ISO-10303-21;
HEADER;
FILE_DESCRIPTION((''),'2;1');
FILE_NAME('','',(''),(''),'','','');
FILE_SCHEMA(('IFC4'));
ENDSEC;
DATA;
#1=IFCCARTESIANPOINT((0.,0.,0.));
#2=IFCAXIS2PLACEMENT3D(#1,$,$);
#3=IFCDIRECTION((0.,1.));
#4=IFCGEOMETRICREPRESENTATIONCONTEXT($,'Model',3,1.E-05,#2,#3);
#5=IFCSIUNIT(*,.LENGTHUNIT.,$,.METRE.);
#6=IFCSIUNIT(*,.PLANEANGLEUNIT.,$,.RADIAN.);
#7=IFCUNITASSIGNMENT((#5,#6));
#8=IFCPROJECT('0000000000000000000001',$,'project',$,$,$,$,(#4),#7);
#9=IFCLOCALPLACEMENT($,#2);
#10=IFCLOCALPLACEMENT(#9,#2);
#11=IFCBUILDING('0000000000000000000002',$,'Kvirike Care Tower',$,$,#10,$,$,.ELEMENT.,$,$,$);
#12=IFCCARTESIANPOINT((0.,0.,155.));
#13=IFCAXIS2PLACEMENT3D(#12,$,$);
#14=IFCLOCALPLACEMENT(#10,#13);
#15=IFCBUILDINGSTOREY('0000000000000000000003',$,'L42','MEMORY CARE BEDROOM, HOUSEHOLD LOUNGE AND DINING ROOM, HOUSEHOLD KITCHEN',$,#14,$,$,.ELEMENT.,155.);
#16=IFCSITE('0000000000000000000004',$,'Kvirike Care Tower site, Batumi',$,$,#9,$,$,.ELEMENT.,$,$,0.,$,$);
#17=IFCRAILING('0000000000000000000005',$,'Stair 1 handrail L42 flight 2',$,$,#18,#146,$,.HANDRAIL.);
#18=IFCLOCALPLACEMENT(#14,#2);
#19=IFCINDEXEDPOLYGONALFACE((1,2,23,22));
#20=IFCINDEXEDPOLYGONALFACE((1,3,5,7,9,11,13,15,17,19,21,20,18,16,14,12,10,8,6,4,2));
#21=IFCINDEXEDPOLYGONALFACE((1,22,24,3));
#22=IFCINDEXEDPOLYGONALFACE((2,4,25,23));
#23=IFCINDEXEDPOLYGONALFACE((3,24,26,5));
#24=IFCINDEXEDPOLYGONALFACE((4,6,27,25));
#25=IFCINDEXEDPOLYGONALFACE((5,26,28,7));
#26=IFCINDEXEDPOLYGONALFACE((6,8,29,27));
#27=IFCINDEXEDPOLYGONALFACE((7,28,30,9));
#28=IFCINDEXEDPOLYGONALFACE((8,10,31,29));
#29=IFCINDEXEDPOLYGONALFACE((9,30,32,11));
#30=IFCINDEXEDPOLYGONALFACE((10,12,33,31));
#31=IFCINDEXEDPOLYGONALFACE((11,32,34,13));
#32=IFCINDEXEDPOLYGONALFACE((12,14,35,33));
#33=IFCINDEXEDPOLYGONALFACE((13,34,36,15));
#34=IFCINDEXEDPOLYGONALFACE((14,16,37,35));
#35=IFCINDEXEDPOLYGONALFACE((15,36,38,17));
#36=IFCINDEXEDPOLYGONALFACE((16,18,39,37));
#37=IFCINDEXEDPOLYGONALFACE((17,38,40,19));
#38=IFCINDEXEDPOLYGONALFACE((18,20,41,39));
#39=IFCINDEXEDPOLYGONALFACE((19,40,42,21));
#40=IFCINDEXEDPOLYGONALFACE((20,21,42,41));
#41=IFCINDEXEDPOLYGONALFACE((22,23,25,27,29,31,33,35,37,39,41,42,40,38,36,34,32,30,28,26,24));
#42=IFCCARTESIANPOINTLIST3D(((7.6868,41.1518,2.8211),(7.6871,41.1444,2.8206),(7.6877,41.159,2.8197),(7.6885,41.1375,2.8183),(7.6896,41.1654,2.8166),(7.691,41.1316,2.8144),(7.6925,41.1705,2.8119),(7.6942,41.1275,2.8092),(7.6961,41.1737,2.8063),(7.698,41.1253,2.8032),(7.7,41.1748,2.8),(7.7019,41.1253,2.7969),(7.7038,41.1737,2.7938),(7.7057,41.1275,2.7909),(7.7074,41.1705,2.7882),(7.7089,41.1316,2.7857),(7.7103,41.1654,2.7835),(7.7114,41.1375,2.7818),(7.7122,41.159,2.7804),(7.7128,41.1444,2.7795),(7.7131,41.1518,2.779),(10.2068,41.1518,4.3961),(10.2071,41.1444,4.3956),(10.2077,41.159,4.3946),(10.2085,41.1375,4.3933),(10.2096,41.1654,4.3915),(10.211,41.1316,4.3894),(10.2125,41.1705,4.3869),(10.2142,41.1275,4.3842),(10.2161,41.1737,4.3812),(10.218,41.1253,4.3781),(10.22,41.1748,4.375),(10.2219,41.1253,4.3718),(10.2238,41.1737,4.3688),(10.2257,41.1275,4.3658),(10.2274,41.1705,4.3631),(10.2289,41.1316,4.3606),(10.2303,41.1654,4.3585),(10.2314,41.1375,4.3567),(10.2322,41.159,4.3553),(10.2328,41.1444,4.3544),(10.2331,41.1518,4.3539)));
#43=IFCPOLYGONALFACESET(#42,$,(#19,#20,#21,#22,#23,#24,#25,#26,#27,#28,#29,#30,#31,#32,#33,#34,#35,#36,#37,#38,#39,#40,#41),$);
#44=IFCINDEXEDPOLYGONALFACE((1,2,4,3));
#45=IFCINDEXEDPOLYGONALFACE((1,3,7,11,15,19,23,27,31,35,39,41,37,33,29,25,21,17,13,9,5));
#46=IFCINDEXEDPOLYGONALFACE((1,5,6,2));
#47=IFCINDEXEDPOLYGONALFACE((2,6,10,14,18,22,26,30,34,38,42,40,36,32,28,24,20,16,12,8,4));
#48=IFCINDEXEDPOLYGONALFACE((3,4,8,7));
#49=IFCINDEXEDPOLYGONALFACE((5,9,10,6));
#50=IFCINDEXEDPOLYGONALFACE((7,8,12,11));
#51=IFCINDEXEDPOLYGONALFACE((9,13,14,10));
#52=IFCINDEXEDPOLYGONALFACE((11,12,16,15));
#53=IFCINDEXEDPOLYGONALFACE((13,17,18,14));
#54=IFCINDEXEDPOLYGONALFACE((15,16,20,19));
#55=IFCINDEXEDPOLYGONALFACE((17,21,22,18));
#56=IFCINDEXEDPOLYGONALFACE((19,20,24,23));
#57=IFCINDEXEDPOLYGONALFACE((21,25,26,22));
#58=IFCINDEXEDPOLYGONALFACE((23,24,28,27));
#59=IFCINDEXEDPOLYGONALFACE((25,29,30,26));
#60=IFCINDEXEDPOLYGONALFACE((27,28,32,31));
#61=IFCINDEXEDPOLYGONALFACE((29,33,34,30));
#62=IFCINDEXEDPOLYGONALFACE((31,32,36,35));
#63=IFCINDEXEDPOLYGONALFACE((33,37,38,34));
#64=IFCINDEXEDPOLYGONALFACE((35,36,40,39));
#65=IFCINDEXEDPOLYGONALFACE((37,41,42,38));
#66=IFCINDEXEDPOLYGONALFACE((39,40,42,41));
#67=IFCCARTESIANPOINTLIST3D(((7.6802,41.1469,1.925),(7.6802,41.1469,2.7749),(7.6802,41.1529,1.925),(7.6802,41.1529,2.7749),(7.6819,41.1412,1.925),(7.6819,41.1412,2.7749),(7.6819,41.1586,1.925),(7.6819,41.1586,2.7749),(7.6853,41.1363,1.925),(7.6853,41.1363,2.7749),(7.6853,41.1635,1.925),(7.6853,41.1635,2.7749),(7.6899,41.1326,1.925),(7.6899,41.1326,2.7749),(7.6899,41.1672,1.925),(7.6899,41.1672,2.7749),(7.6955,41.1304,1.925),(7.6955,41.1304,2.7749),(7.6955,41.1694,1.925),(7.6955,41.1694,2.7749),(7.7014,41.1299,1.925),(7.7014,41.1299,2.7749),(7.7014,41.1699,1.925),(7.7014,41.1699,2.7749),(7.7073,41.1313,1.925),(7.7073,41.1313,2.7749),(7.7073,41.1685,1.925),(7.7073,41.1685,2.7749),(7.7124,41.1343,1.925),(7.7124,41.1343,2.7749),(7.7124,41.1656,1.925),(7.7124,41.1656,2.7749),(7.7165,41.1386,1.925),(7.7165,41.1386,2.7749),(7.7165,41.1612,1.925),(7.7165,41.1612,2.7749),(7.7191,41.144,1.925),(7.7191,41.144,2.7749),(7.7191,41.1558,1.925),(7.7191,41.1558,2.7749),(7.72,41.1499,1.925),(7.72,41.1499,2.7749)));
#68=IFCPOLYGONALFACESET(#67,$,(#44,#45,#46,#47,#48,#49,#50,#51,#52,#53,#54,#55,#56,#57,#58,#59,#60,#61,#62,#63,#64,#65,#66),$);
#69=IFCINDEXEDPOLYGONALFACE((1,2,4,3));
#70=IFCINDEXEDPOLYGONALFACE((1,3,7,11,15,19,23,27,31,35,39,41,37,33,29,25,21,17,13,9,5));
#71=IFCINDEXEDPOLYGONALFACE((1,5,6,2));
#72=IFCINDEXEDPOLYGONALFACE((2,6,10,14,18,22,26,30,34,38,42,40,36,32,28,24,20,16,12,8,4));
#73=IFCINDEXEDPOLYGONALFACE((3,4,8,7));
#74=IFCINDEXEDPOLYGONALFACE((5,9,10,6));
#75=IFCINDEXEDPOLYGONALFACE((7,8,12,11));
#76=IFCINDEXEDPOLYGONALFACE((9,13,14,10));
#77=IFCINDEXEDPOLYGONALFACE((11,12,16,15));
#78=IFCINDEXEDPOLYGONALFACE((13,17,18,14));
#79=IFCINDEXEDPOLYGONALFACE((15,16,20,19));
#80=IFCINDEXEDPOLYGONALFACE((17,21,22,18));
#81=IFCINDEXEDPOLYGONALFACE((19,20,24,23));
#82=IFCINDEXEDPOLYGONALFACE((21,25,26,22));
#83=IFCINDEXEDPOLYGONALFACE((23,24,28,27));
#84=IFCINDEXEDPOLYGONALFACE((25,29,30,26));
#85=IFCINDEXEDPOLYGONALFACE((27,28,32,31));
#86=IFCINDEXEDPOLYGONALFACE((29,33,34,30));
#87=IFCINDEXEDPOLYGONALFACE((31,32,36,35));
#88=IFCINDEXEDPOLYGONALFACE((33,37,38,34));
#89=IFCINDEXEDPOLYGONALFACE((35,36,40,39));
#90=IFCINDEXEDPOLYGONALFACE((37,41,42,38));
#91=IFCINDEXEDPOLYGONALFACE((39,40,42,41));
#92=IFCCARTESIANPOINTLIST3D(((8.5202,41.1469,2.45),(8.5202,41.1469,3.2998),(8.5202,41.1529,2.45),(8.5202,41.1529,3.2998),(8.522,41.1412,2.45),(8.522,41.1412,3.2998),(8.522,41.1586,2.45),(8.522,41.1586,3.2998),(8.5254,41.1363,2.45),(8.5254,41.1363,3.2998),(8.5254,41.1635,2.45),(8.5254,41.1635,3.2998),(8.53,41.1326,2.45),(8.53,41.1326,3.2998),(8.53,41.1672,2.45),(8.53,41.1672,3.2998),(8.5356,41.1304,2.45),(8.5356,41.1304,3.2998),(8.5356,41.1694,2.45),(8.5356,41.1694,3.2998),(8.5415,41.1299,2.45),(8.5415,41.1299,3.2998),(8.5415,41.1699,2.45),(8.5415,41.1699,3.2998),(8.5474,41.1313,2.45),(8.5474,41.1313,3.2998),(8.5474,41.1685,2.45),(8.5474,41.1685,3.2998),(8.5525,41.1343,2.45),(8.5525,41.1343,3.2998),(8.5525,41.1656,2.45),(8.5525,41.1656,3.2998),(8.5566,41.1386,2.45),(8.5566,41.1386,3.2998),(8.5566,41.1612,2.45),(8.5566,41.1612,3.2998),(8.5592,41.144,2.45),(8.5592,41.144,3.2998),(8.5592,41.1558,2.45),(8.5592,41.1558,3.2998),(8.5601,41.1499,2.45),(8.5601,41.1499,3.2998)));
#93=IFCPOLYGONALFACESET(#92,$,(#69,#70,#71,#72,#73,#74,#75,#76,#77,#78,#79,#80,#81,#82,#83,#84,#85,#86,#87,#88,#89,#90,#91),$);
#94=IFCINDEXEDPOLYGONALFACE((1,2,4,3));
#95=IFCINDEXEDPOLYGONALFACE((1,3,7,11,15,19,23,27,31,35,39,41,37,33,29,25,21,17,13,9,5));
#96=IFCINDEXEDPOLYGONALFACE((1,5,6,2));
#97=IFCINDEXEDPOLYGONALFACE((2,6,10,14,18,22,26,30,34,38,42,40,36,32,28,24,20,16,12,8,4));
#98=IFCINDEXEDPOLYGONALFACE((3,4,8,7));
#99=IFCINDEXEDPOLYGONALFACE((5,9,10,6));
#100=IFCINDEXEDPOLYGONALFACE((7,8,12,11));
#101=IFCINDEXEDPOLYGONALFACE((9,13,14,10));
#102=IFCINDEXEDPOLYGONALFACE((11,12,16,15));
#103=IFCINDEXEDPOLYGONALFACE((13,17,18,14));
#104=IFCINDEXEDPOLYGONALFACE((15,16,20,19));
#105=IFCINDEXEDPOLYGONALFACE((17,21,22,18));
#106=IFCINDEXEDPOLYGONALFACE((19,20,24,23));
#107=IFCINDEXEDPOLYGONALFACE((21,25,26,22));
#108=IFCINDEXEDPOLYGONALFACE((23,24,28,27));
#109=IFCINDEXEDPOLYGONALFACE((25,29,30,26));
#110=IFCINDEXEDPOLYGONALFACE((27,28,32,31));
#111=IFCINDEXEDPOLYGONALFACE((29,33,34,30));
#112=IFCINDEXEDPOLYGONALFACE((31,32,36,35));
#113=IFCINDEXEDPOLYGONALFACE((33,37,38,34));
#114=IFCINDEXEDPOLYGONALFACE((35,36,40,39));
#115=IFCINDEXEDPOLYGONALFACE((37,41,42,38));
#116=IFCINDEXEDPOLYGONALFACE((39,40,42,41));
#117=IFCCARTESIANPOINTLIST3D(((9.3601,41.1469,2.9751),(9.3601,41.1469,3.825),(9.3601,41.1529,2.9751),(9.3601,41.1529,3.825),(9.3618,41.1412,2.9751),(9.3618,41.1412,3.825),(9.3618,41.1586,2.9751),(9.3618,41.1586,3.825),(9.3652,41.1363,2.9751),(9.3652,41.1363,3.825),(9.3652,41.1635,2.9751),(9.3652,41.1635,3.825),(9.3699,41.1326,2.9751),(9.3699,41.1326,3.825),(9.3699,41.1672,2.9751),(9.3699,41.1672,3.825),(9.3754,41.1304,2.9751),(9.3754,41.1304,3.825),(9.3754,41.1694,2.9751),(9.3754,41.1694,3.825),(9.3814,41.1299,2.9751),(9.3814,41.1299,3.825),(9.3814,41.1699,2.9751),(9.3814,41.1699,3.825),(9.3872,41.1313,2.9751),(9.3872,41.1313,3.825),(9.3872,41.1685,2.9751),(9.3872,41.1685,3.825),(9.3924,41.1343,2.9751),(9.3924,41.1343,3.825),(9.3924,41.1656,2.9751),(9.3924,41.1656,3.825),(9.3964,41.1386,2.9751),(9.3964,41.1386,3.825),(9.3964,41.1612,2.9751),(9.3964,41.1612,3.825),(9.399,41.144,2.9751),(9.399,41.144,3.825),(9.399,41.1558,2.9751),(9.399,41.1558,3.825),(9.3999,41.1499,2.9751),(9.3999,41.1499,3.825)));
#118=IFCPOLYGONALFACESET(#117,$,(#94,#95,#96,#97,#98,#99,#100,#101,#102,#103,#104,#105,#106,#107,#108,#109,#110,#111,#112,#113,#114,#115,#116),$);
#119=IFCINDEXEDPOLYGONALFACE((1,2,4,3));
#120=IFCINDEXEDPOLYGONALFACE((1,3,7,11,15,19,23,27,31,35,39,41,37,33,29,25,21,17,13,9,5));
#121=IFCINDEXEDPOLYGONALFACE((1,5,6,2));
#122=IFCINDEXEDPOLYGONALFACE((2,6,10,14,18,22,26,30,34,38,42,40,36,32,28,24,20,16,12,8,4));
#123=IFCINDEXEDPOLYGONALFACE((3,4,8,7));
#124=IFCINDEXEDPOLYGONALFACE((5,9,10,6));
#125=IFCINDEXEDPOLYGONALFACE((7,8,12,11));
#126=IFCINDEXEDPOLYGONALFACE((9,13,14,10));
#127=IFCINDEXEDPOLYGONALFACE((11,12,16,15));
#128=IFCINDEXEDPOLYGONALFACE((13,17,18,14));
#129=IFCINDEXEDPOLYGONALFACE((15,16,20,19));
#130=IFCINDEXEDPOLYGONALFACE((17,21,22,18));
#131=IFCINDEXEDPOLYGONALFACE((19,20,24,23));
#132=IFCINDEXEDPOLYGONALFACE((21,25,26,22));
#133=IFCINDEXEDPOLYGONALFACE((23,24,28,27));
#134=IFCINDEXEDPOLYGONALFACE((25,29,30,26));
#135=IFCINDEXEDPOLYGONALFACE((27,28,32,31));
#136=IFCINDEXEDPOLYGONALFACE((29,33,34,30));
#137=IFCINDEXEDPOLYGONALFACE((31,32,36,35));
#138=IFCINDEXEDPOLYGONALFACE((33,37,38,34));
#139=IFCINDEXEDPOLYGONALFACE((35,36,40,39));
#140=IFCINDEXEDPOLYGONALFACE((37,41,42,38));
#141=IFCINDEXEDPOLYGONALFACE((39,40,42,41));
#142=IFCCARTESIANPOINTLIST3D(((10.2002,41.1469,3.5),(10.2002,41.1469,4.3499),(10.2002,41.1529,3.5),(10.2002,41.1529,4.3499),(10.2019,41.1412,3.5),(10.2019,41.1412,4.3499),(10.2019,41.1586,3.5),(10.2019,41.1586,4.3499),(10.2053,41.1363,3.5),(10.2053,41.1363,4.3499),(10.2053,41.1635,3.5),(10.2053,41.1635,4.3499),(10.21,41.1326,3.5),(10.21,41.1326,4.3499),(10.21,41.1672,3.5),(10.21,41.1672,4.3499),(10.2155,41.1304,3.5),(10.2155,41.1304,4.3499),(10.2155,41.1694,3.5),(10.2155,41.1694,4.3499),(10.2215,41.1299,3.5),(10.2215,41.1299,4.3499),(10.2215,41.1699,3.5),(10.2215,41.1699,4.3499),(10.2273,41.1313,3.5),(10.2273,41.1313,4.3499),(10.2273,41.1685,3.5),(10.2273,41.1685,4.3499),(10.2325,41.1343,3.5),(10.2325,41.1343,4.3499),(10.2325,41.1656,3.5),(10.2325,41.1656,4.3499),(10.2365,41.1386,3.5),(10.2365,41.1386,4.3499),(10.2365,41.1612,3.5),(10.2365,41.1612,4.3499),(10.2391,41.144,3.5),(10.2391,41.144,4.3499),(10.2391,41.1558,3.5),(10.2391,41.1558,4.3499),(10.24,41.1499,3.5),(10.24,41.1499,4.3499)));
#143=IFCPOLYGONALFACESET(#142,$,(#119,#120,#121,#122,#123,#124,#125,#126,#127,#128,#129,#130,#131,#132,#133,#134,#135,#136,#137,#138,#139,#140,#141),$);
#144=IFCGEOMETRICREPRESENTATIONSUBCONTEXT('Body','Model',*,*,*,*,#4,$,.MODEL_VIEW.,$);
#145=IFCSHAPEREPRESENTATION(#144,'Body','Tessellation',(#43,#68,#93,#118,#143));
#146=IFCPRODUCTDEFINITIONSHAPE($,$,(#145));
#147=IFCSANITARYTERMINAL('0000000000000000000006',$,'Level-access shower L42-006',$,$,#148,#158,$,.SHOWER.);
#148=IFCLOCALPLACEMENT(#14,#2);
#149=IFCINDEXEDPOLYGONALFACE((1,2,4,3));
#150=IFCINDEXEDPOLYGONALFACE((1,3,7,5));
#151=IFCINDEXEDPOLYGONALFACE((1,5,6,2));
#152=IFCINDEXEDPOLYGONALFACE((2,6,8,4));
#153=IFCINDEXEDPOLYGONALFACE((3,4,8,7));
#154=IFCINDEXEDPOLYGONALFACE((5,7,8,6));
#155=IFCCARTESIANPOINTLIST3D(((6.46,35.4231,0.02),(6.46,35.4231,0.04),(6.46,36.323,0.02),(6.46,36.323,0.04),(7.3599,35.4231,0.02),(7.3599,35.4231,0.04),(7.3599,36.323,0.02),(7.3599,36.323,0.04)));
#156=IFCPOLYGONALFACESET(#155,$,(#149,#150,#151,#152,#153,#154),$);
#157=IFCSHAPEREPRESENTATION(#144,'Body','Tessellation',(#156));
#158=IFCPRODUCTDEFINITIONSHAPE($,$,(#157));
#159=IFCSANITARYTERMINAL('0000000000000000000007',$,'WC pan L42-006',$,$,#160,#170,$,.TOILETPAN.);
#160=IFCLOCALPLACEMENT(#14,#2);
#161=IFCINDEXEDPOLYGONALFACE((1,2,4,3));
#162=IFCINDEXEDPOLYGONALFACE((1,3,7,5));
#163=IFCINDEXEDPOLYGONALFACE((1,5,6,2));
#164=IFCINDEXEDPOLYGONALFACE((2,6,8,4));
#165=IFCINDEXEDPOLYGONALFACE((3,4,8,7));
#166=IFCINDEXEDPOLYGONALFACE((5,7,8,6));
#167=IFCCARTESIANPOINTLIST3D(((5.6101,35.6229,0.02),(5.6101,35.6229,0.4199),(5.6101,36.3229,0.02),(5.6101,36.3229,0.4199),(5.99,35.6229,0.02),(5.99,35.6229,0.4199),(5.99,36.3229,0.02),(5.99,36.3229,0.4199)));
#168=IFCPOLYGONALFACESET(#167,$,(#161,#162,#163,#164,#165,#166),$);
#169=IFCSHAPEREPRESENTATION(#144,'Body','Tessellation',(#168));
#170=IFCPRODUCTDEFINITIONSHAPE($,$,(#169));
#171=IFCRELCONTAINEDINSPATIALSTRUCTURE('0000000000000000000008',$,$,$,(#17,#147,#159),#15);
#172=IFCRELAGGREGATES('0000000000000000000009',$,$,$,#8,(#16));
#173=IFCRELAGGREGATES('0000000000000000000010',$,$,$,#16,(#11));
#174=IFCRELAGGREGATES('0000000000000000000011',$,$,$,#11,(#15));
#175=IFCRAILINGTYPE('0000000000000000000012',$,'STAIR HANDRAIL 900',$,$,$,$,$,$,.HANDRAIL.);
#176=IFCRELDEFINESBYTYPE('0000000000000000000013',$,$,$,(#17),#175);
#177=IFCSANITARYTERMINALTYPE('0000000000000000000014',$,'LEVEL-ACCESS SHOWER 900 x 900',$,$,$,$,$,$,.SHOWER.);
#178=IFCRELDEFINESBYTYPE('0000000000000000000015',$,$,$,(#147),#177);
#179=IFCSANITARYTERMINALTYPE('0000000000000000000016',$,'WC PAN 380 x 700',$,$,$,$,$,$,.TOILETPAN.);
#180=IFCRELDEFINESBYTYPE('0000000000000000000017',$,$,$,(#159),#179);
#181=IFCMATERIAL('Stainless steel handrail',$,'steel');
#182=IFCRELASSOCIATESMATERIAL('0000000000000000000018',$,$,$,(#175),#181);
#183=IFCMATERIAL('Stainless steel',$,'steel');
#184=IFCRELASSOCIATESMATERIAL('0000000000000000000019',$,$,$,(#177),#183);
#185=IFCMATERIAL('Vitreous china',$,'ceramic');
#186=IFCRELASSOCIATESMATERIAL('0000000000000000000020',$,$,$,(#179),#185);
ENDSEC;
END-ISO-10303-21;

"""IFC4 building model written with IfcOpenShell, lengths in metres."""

from ifc_helpers import new_model, si_unit, direction, frame, origin, origin_2d, place, context, subcontext, project, spatial, rectangle, circle, extrude, material, type_object, element, save


model = new_model("IFC4")

# Units and contexts
model_context = context("Model", 3, precision=1e-05, world=origin(), true_north=direction((0.0, 1.0)))
body_context = subcontext(model_context, "Body", "Model", "MODEL_VIEW")
ifc_project = project(units=[si_unit("LENGTHUNIT", "METRE"), si_unit("PLANEANGLEUNIT", "RADIAN")], contexts=[model_context])

# Site, building, storey
site_placement = place(None, origin())
site = spatial("IfcSite", under=ifc_project, at=site_placement, Name="Kvirike Care Tower site, Batumi", CompositionType="ELEMENT", RefElevation=0.0)
building_placement = place(site_placement, origin())
building = spatial("IfcBuilding", under=site, at=building_placement, Name="Kvirike Care Tower", CompositionType="ELEMENT")
storey_placement = place(building_placement, frame((0.0, 0.0, 155.0)))
storey = spatial("IfcBuildingStorey", under=building, at=storey_placement, Name="L42", Description="MEMORY CARE BEDROOM, HOUSEHOLD LOUNGE AND DINING ROOM, HOUSEHOLD KITCHEN", CompositionType="ELEMENT", Elevation=155.0)

# Railing
ifc_material_1 = material(Name="Stainless steel handrail", Category="steel")
railing_type = type_object("IfcRailingType", Name="STAIR HANDRAIL 900", PredefinedType="HANDRAIL", material=ifc_material_1)
railing_placement = place(storey_placement, frame((7.7, 41.1499, 1.925)))
element("IfcRailing", 1, at=railing_placement, inside=storey, type_object=railing_type, Name="Stair 1 handrail L42 flight 2", PredefinedType="HANDRAIL", context=body_context, shape_type="SweptSolid", body=[
    extrude(circle(Radius=0.0249, at=origin_2d()), frame((0.0, 0.0, 0.875), z_axis=(0.848008, 0.0, 0.529984), x_axis=(0.0, 1.0, 0.0)), (0.0, 0.0, 1.0), 2.9717),
    extrude(circle(Radius=0.02, at=origin_2d()), origin(), (0.0, 0.0, 1.0), 0.8499),
    extrude(circle(Radius=0.02, at=origin_2d()), frame((0.8401, 0.0, 0.5249)), (0.0, 0.0, 1.0), 0.8499),
    extrude(circle(Radius=0.02, at=origin_2d()), frame((1.6799, 0.0, 1.05)), (0.0, 0.0, 1.0), 0.8499),
    extrude(circle(Radius=0.02, at=origin_2d()), frame((2.52, 0.0, 1.575)), (0.0, 0.0, 1.0), 0.8499),
])

# Sanitary terminals
ifc_material_2 = material(Name="Stainless steel", Category="steel")
sanitary_terminal_type_1 = type_object("IfcSanitaryTerminalType", Name="LEVEL-ACCESS SHOWER 900 x 900", PredefinedType="SHOWER", material=ifc_material_2)
sanitary_terminal_1_placement = place(storey_placement, frame((6.9099, 35.873, 0.02), z_axis=(0.0, 0.0, 1.0), x_axis=(1.0, 0.0, 0.0)))
element("IfcSanitaryTerminal", 2, at=sanitary_terminal_1_placement, inside=storey, type_object=sanitary_terminal_type_1, Name="Level-access shower L42-006", PredefinedType="SHOWER", context=body_context, shape_type="SweptSolid", body=[
    extrude(rectangle(XDim=0.8999, YDim=0.8999, at=origin_2d()), origin(), (0.0, 0.0, 1.0), 0.02),
])
ifc_material_3 = material(Name="Vitreous china", Category="ceramic")
sanitary_terminal_type_2 = type_object("IfcSanitaryTerminalType", Name="WC PAN 380 x 700", PredefinedType="TOILETPAN", material=ifc_material_3)
sanitary_terminal_2_placement = place(storey_placement, frame((5.8, 35.9729, 0.02), z_axis=(0.0, 0.0, 1.0), x_axis=(1.0, 0.0, 0.0)))
element("IfcSanitaryTerminal", 3, at=sanitary_terminal_2_placement, inside=storey, type_object=sanitary_terminal_type_2, Name="WC pan L42-006", PredefinedType="TOILETPAN", context=body_context, shape_type="SweptSolid", body=[
    extrude(rectangle(XDim=0.3799, YDim=0.7, at=origin_2d()), origin(), (0.0, 0.0, 1.0), 0.3999),
])

save(model, "model.ifc")
